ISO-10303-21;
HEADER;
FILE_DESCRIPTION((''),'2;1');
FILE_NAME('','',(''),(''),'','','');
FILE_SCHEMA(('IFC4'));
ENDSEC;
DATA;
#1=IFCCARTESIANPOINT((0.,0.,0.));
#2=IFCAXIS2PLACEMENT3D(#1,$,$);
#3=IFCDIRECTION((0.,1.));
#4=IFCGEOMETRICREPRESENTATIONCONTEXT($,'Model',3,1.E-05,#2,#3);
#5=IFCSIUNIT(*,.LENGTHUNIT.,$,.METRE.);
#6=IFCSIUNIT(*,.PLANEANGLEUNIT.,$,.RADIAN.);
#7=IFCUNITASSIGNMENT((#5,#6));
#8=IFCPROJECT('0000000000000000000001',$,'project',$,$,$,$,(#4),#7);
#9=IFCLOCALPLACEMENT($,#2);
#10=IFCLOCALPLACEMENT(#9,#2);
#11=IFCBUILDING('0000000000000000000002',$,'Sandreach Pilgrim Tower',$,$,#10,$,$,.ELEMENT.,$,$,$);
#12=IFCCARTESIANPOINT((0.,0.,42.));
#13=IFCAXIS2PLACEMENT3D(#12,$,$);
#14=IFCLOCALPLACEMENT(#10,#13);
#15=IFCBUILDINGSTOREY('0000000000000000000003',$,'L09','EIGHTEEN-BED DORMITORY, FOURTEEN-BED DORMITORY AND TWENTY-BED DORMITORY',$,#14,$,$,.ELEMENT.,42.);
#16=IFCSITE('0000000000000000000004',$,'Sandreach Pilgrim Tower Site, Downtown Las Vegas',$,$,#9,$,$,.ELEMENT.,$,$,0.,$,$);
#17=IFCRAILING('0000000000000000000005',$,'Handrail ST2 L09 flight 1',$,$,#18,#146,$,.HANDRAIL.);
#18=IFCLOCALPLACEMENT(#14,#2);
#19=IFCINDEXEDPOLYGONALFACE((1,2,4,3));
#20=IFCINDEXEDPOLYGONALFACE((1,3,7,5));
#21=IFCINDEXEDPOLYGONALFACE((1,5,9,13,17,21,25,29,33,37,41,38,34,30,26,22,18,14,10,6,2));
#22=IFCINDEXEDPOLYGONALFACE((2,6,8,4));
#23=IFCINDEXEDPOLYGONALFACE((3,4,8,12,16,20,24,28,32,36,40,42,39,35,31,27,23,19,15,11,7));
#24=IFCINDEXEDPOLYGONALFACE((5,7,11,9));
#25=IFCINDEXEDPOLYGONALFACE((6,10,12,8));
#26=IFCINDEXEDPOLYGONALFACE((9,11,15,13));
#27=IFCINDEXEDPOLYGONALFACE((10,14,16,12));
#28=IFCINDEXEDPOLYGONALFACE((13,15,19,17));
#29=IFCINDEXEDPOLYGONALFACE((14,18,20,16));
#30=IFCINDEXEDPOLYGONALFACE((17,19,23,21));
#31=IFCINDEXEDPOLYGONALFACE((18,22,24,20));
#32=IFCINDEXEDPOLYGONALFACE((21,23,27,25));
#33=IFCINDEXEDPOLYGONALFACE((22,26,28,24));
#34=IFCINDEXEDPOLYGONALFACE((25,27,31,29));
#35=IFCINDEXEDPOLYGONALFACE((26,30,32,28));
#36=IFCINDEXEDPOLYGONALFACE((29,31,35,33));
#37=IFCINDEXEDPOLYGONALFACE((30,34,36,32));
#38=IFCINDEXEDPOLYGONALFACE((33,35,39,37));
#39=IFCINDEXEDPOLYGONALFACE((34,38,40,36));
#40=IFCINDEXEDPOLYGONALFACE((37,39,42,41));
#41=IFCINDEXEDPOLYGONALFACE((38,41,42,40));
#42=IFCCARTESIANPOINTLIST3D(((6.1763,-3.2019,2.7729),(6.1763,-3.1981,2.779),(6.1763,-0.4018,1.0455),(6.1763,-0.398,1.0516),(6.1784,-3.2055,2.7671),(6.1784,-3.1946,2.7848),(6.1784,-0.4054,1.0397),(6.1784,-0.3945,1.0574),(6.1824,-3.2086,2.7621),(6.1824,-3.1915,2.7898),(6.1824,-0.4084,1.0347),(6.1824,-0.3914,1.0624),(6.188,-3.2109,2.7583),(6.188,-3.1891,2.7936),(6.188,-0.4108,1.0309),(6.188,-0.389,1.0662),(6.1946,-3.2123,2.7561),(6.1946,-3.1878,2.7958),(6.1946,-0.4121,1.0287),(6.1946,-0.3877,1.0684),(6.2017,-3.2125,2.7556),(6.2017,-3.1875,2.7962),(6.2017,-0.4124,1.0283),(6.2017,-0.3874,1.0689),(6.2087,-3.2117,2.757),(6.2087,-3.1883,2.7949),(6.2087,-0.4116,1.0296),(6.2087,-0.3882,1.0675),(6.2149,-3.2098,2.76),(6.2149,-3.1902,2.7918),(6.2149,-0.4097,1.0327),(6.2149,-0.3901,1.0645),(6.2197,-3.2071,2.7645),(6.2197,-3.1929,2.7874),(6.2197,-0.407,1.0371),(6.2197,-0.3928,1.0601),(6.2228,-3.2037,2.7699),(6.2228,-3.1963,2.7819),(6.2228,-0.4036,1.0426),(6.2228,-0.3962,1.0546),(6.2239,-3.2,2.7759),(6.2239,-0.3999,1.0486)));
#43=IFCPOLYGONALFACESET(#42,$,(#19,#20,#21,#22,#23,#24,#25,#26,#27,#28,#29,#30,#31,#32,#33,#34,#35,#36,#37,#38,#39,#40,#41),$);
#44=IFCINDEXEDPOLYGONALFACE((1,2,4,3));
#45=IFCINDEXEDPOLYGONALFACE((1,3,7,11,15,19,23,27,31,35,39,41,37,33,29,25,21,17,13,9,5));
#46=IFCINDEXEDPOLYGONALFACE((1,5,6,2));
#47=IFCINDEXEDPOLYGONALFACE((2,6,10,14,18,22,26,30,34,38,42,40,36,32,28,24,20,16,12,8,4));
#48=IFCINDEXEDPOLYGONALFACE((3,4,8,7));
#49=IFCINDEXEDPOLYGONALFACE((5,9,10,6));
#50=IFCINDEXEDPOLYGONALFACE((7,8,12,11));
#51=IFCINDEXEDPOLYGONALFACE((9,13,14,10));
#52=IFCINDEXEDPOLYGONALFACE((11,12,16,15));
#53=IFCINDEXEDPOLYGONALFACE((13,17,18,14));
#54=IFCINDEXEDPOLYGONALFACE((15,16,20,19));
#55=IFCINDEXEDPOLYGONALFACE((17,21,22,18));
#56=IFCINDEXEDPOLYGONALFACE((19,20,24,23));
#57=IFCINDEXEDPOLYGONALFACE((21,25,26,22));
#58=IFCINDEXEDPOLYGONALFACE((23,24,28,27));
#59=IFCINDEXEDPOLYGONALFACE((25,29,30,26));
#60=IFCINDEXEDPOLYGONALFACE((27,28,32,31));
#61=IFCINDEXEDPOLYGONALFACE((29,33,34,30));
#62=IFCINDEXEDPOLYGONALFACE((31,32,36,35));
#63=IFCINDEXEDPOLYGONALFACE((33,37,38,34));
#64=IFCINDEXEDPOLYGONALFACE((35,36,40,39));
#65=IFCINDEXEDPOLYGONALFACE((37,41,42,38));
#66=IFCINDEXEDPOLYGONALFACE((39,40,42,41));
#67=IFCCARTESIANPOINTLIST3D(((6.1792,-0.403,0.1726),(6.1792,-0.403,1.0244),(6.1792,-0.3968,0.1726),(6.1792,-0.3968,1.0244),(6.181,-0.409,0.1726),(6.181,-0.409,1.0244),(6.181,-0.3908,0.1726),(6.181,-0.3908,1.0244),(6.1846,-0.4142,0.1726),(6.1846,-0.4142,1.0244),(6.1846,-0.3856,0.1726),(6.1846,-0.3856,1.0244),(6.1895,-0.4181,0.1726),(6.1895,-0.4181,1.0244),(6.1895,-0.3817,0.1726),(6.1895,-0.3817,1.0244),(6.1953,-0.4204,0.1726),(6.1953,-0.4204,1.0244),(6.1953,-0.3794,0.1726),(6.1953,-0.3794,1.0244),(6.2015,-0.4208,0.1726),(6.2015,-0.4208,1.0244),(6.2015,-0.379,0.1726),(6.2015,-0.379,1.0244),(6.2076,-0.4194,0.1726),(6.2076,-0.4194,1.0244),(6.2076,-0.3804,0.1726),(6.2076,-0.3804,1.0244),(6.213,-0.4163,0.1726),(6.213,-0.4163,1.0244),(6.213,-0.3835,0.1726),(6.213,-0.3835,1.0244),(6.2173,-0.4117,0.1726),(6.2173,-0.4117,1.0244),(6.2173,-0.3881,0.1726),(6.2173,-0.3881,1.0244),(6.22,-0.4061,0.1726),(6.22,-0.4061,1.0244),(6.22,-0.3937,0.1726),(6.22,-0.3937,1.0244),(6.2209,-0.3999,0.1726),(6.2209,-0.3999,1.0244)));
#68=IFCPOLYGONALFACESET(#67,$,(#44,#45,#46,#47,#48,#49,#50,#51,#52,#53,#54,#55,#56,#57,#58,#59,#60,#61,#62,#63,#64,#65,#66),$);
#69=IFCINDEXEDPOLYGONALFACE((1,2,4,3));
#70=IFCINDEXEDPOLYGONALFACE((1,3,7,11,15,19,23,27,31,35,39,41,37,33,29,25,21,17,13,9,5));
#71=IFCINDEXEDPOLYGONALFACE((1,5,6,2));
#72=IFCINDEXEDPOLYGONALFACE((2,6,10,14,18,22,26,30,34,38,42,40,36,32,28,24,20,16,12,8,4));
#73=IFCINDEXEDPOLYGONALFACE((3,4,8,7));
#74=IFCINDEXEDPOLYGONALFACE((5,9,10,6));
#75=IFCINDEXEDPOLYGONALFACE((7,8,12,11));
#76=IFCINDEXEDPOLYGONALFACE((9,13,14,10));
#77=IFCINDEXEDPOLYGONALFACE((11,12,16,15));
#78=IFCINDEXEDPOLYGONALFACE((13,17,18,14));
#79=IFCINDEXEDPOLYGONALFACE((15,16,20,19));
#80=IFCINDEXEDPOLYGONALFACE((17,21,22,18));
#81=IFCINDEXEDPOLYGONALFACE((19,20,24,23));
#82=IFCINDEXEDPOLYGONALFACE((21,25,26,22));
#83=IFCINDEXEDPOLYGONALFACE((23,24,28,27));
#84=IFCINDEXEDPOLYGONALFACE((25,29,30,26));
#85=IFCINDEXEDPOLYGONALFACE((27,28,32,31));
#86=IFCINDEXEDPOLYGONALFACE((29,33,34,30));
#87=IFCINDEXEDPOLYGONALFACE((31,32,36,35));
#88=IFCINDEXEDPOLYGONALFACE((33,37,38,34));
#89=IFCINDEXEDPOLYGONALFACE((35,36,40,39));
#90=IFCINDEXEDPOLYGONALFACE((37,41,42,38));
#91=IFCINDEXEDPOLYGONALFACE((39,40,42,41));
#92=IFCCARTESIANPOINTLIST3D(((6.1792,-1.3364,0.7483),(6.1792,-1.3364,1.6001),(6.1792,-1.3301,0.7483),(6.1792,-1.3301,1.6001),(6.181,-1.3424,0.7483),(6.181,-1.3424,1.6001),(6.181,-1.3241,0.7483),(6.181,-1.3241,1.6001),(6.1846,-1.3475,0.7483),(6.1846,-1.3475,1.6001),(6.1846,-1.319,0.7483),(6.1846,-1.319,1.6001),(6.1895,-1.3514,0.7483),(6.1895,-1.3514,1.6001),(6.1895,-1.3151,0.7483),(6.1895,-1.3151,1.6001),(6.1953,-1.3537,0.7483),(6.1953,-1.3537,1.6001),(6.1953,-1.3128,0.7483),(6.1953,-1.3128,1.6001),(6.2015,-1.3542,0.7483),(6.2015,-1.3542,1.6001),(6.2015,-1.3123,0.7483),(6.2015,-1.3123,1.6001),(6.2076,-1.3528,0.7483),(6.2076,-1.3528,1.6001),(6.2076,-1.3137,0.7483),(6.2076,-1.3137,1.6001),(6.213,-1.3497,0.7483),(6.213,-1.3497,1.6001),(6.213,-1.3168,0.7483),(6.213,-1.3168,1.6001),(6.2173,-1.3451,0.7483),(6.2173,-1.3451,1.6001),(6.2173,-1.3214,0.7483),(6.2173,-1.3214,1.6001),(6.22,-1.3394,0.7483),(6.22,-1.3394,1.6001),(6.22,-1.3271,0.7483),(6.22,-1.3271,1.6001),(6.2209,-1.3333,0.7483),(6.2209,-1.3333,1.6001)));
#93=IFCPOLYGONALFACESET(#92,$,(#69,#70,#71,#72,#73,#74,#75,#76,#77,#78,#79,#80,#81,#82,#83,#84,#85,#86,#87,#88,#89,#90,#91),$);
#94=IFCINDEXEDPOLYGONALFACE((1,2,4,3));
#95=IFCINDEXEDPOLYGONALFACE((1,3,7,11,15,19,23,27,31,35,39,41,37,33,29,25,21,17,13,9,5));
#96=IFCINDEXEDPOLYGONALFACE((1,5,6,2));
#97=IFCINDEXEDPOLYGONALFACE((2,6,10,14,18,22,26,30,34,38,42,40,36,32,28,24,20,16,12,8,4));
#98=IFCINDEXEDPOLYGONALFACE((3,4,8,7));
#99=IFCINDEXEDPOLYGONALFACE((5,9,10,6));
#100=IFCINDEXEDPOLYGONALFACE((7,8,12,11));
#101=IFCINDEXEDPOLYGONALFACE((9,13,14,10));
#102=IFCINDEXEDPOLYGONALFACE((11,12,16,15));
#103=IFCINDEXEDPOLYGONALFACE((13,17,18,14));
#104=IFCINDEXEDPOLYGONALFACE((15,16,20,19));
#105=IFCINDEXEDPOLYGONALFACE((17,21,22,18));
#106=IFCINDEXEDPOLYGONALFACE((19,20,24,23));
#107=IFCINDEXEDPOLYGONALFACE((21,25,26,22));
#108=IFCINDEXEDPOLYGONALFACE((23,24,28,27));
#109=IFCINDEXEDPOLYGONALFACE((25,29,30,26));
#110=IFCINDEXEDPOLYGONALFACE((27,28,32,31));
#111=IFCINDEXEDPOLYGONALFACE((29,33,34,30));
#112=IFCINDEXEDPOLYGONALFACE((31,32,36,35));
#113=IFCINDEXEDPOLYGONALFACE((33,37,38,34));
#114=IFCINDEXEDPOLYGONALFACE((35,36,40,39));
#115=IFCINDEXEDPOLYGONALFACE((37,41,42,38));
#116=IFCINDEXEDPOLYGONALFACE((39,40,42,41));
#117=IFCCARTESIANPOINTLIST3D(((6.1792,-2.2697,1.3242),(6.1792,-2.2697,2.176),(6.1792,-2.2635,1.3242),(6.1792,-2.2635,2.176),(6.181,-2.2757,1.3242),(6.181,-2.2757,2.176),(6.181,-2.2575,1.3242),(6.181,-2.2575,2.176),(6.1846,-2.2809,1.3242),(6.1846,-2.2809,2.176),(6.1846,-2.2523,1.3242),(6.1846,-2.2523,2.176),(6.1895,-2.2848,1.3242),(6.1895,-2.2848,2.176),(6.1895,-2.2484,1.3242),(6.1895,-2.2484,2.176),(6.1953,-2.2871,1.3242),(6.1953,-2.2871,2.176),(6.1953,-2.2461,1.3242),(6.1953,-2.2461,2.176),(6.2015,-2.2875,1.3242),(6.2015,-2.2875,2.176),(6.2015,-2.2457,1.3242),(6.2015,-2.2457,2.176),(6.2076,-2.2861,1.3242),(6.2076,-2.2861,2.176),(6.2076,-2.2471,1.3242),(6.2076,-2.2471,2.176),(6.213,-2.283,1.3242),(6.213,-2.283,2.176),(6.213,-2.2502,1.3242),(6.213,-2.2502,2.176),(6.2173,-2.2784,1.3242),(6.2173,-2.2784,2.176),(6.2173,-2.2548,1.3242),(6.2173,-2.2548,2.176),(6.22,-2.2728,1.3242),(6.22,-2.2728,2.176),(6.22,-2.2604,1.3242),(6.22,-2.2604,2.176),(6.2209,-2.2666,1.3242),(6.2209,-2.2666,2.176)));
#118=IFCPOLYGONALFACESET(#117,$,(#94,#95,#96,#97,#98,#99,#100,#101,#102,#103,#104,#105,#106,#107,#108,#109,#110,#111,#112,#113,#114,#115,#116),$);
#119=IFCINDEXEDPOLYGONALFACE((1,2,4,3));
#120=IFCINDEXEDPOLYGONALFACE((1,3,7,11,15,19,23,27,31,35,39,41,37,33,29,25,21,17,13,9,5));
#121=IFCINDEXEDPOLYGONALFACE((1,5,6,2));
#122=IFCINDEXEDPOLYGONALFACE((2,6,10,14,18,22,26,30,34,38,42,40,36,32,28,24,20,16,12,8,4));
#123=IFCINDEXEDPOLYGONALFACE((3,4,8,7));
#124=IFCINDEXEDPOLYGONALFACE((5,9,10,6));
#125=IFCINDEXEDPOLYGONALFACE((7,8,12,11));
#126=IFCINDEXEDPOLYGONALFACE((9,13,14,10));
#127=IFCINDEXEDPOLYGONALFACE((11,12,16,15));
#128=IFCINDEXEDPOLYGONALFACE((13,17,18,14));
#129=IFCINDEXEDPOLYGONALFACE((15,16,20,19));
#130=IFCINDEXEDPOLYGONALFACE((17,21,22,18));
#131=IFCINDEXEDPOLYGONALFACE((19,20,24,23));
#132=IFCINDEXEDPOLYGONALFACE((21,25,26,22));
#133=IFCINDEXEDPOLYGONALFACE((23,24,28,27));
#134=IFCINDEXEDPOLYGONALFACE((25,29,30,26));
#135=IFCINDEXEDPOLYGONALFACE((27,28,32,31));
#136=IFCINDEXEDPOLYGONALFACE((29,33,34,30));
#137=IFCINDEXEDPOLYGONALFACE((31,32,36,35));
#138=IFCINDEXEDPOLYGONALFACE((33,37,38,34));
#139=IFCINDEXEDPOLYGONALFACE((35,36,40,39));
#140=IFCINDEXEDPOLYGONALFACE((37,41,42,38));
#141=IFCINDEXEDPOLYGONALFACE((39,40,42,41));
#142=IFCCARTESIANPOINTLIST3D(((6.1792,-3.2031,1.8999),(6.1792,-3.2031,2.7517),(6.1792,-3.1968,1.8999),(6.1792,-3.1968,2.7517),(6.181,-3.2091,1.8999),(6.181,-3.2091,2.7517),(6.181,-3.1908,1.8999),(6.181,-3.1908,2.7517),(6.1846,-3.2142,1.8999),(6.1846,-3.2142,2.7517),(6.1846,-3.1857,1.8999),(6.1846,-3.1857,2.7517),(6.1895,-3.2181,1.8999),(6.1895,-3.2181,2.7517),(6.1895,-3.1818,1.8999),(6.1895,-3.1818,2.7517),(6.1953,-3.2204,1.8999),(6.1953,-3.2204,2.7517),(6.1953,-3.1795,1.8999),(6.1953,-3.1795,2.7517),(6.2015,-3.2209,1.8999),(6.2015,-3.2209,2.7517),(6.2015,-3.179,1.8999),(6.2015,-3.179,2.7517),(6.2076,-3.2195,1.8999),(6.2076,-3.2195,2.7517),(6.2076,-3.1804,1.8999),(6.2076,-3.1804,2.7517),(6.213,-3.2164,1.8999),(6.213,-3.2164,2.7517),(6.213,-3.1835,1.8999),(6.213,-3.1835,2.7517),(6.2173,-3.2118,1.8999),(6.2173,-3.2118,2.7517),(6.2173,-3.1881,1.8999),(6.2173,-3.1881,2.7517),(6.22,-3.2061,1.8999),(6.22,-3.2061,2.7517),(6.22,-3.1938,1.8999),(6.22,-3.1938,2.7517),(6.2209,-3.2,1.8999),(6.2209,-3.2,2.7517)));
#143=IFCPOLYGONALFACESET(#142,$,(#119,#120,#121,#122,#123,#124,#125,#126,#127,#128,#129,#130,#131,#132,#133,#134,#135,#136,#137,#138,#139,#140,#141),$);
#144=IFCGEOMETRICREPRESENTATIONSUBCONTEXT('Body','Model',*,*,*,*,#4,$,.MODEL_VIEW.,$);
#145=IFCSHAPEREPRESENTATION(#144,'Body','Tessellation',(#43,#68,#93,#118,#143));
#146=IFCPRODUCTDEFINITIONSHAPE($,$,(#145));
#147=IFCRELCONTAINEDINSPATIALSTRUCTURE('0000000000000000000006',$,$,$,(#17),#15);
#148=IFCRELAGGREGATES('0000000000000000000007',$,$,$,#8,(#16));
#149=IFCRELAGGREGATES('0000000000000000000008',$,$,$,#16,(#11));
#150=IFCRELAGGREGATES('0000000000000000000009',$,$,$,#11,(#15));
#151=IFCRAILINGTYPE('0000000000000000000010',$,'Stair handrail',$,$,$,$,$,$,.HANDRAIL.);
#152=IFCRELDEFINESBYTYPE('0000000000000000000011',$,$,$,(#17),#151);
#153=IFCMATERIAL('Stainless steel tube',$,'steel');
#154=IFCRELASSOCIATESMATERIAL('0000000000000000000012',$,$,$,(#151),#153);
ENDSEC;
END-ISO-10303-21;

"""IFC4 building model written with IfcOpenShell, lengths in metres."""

from ifc_helpers import new_model, si_unit, direction, frame, origin, origin_2d, place, context, subcontext, project, spatial, circle, extrude, material, type_object, element, save


model = new_model("IFC4")

# Units and contexts
model_context = context("Model", 3, precision=1e-05, world=origin(), true_north=direction((0.0, 1.0)))
body_context = subcontext(model_context, "Body", "Model", "MODEL_VIEW")
ifc_project = project(units=[si_unit("LENGTHUNIT", "METRE"), si_unit("PLANEANGLEUNIT", "RADIAN")], contexts=[model_context])

# Site, building, storey
site_placement = place(None, origin())
site = spatial("IfcSite", under=ifc_project, at=site_placement, Name="Sandreach Pilgrim Tower Site, Downtown Las Vegas", CompositionType="ELEMENT", RefElevation=0.0)
building_placement = place(site_placement, origin())
building = spatial("IfcBuilding", under=site, at=building_placement, Name="Sandreach Pilgrim Tower", CompositionType="ELEMENT")
storey_placement = place(building_placement, frame((0.0, 0.0, 42.0)))
storey = spatial("IfcBuildingStorey", under=building, at=storey_placement, Name="L09", Description="EIGHTEEN-BED DORMITORY, FOURTEEN-BED DORMITORY AND TWENTY-BED DORMITORY", CompositionType="ELEMENT", Elevation=42.0)

# Railing
ifc_material_1 = material(Name="Stainless steel tube", Category="steel")
railing_type = type_object("IfcRailingType", Name="Stair handrail", PredefinedType="HANDRAIL", material=ifc_material_1)
for number, where, name in (
    (1, (6.2, -0.3999, 0.1726), "Handrail ST2 L09 flight 1"),
):
    element("IfcRailing", number, at=place(storey_placement, frame(where)), inside=storey, type_object=railing_type, Name=name, PredefinedType="HANDRAIL", context=body_context, shape_type="SweptSolid", body=[
        extrude(circle(Radius=0.0239, at=origin_2d()), frame((0.0, 0.0, 0.876), z_axis=(0.0, -0.85109, 0.52502), x_axis=(1.0, 0.0, 0.0)), (0.0, 0.0, 1.0), 3.29),
        extrude(circle(Radius=0.021, at=origin_2d()), origin(), (0.0, 0.0, 1.0), 0.8518),
        extrude(circle(Radius=0.021, at=origin_2d()), frame((0.0, -0.9333, 0.5757)), (0.0, 0.0, 1.0), 0.8518),
        extrude(circle(Radius=0.021, at=origin_2d()), frame((0.0, -1.8667, 1.1516)), (0.0, 0.0, 1.0), 0.8518),
        extrude(circle(Radius=0.021, at=origin_2d()), frame((0.0, -2.8, 1.7273)), (0.0, 0.0, 1.0), 0.8518),
    ])

save(model, "model.ifc")
